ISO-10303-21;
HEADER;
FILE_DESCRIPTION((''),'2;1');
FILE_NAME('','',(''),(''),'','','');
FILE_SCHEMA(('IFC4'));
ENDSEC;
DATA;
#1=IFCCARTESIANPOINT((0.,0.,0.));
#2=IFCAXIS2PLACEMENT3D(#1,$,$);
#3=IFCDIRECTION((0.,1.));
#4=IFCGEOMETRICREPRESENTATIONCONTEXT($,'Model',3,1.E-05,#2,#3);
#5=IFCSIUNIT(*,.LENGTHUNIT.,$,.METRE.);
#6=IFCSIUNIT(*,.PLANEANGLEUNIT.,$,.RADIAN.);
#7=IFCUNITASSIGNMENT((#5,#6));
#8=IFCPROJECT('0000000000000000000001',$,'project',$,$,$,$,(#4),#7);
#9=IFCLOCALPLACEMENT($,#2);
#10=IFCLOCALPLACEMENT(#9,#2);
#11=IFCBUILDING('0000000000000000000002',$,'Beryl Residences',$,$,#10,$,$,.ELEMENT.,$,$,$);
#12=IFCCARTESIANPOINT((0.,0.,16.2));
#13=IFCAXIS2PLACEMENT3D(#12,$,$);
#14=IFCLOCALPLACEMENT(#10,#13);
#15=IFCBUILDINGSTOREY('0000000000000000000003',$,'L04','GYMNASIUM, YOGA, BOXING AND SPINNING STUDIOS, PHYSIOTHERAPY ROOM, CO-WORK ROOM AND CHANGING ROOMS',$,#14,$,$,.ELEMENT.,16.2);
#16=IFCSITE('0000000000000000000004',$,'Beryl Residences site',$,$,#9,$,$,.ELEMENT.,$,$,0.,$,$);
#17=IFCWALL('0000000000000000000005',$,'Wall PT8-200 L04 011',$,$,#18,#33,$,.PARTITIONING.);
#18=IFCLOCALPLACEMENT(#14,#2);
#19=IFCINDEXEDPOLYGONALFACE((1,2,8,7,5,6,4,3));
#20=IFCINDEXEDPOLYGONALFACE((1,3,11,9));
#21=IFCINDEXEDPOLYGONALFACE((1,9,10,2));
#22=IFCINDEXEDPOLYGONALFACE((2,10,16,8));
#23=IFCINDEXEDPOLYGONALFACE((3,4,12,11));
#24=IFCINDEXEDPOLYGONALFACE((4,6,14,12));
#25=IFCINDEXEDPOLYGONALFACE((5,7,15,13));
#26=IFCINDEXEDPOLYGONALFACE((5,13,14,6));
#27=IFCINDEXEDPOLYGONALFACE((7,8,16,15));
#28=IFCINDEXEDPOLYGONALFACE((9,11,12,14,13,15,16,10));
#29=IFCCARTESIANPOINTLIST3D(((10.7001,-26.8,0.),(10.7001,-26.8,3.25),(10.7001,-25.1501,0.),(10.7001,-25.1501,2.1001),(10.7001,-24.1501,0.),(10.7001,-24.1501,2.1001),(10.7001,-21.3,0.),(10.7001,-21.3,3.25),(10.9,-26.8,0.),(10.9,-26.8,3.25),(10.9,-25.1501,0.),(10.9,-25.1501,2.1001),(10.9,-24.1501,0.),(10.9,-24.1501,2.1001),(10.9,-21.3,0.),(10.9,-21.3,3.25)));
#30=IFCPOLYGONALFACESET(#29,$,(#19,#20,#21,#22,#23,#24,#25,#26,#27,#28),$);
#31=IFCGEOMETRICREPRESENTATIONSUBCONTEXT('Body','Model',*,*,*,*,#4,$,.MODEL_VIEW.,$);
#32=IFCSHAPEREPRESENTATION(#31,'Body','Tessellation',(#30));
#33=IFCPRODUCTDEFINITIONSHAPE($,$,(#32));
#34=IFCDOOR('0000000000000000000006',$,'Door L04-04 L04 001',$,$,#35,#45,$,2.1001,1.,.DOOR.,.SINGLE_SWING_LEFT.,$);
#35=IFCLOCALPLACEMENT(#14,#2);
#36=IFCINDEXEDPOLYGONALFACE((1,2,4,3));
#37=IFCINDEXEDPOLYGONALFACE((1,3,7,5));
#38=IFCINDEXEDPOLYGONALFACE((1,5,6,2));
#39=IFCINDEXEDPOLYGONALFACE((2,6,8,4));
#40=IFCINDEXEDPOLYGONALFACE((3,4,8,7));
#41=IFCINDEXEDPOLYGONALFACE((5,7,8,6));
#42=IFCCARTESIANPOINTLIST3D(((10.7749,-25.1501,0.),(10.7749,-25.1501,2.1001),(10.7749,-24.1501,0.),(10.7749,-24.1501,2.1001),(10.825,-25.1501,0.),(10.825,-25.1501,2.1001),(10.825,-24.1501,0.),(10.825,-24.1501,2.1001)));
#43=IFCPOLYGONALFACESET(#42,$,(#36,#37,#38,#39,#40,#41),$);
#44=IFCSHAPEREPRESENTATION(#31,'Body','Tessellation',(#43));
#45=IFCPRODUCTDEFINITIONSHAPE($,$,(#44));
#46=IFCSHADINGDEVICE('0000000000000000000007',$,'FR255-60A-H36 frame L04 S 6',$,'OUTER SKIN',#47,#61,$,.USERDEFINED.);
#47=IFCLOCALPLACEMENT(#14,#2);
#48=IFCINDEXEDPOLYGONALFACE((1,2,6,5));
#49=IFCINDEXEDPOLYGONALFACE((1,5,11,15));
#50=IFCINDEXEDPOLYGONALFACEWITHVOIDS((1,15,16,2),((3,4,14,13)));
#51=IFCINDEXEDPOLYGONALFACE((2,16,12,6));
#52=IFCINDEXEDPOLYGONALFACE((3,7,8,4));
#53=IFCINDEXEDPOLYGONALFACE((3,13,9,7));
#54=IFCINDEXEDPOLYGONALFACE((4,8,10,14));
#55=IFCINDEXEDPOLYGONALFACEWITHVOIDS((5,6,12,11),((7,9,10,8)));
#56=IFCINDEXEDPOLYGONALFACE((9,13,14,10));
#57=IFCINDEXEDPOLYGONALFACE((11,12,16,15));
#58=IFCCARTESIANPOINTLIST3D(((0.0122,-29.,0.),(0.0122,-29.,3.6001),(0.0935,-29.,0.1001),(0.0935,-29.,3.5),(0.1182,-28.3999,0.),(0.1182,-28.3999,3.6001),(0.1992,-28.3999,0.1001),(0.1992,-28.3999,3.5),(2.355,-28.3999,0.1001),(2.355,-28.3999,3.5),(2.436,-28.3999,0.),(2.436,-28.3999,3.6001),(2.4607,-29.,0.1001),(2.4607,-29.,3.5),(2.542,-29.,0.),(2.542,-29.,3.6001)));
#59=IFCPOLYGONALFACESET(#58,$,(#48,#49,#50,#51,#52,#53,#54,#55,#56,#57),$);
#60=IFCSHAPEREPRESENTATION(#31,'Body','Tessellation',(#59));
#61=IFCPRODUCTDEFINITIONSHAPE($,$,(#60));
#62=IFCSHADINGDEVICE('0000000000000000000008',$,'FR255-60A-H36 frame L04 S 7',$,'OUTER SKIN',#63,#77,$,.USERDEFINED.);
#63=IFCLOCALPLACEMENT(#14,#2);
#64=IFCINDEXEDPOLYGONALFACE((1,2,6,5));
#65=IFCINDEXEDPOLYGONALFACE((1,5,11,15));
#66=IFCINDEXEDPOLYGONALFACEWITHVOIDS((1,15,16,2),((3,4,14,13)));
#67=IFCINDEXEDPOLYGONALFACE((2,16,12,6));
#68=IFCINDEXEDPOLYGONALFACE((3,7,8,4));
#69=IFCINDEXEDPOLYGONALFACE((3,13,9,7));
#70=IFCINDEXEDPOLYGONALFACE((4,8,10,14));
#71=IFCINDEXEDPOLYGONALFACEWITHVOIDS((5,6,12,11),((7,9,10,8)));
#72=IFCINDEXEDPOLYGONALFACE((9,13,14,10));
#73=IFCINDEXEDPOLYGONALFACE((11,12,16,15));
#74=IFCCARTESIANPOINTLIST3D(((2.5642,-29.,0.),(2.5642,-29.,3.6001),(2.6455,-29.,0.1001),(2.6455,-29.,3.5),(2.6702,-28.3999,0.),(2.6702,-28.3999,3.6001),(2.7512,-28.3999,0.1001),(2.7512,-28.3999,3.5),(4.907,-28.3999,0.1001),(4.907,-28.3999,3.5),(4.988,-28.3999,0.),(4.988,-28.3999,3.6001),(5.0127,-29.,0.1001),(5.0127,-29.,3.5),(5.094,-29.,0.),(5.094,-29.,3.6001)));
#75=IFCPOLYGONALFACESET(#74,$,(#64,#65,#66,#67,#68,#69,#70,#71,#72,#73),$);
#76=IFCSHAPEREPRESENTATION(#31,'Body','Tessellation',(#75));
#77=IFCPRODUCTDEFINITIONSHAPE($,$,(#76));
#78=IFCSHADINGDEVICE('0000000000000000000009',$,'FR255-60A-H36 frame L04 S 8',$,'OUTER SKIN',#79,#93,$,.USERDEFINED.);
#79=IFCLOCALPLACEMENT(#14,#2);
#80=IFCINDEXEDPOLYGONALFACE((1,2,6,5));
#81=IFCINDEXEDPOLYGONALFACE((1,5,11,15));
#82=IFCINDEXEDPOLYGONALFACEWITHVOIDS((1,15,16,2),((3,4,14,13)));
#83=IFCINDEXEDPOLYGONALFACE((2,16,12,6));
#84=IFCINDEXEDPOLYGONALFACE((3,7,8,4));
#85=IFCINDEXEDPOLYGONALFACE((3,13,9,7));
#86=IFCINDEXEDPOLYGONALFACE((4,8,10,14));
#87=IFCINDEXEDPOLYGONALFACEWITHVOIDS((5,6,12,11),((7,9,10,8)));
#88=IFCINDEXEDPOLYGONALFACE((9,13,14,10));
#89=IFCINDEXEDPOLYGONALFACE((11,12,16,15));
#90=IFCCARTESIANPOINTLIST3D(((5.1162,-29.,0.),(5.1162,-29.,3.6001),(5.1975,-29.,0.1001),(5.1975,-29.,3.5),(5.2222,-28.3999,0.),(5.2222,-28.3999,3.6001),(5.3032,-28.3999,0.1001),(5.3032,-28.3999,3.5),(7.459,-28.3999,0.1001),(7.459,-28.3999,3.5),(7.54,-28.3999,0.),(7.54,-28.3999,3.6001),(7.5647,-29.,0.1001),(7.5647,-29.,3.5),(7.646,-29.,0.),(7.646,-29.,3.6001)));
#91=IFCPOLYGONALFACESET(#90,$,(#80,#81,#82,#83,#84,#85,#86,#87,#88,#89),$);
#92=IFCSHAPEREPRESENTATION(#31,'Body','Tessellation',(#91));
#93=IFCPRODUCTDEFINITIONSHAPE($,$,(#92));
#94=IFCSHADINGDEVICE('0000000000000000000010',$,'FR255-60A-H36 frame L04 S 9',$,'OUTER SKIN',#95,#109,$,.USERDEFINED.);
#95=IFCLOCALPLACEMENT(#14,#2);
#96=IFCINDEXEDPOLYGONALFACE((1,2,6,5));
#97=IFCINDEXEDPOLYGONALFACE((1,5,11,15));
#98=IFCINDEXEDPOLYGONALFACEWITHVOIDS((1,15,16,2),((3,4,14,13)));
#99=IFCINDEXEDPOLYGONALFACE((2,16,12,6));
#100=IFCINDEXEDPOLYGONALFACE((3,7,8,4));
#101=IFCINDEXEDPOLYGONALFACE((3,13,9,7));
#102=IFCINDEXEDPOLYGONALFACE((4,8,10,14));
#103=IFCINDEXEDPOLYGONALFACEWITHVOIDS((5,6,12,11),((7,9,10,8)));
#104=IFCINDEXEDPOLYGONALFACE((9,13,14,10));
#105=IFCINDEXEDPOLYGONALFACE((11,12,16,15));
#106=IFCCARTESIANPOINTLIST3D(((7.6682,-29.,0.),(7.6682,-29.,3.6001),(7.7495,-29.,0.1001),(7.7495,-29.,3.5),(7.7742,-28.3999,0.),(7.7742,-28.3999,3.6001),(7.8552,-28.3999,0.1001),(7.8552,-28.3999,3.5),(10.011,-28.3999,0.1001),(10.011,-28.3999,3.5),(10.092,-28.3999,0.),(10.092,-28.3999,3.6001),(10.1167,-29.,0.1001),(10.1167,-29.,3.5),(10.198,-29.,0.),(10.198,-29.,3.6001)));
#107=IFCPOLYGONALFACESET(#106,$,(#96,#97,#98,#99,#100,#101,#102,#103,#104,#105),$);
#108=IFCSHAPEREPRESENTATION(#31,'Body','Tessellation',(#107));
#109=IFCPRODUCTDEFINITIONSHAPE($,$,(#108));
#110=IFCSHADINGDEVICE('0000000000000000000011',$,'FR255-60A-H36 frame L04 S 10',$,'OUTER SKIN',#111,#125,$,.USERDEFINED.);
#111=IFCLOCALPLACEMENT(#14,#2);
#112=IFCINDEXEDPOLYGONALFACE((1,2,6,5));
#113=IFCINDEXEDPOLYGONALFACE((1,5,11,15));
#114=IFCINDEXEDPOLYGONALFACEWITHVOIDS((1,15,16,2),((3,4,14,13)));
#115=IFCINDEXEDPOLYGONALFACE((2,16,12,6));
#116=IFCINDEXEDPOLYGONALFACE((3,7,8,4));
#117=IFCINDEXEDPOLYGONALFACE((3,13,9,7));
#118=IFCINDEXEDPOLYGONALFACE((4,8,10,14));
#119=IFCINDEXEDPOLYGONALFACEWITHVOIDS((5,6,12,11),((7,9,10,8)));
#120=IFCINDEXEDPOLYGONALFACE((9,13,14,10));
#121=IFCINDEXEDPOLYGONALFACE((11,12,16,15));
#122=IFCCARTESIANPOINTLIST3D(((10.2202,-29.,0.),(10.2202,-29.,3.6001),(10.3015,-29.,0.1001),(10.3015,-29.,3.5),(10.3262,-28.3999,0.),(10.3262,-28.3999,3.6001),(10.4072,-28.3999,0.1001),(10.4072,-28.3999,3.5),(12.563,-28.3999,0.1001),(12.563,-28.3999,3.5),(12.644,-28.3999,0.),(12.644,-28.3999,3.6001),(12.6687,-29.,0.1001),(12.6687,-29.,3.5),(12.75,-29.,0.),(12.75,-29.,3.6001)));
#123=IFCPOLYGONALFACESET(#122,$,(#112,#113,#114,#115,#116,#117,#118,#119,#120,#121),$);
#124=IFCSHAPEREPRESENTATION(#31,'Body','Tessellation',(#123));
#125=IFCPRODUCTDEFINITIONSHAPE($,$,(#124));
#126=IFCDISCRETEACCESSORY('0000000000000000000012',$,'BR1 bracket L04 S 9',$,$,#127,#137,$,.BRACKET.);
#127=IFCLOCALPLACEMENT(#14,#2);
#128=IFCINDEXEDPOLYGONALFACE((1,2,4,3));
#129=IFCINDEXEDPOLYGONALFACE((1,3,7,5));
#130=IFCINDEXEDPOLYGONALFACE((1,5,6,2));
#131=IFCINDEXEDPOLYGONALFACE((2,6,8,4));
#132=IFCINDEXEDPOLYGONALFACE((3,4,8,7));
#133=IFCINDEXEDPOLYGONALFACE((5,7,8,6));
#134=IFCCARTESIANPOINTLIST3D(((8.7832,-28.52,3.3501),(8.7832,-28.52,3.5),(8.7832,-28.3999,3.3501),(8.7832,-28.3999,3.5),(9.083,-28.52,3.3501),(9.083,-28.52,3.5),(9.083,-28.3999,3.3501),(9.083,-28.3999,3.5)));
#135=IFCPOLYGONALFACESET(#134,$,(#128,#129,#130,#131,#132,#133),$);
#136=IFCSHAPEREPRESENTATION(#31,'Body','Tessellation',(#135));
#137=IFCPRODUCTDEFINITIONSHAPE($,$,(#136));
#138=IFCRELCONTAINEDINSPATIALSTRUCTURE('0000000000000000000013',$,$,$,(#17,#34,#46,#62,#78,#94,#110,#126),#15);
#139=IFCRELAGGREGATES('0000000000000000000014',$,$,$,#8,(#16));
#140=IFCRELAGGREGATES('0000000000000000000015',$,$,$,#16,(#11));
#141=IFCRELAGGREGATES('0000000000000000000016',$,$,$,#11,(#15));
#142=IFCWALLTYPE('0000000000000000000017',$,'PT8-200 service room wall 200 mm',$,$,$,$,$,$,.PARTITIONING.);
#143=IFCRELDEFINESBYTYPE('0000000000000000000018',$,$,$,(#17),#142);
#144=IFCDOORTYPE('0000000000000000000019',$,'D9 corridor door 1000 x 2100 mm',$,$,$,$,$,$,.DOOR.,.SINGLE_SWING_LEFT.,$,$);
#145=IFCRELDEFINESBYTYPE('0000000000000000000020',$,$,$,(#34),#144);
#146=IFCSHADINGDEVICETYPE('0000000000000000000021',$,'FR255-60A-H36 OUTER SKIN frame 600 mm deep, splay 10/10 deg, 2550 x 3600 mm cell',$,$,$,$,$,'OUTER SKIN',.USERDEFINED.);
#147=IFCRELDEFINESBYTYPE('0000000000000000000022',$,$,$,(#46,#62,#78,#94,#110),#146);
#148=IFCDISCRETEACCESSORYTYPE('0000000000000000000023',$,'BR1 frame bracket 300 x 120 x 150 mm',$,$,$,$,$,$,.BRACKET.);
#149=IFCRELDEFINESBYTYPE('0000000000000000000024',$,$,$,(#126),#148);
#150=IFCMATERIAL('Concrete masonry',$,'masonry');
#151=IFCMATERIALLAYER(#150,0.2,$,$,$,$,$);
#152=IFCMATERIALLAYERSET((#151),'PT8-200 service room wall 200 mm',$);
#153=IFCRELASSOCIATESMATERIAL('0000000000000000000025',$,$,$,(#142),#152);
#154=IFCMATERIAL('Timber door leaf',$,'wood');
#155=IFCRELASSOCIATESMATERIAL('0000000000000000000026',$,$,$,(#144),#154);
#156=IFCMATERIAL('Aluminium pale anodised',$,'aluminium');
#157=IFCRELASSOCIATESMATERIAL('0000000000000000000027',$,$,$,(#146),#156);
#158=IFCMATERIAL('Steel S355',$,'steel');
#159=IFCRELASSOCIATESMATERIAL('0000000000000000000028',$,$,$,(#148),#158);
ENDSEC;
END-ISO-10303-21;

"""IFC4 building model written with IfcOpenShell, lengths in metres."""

from ifc_helpers import new_model, entity, si_unit, direction, frame, frame_2d, origin, place, context, subcontext, project, spatial, polyline, rectangle, outline, extrude, source, transform, mapped, material, layer, layer_set, type_object, type_shapes, element, fill, save


model = new_model("IFC4")

# Units and contexts
model_context = context("Model", 3, precision=1e-05, world=origin(), true_north=direction((0.0, 1.0)))
body_context = subcontext(model_context, "Body", "Model", "MODEL_VIEW")
ifc_project = project(units=[si_unit("LENGTHUNIT", "METRE"), si_unit("PLANEANGLEUNIT", "RADIAN")], contexts=[model_context])

# Site, building, storey
site_placement = place(None, origin())
site = spatial("IfcSite", under=ifc_project, at=site_placement, Name="Beryl Residences site", CompositionType="ELEMENT", RefElevation=0.0)
building_placement = place(site_placement, origin())
building = spatial("IfcBuilding", under=site, at=building_placement, Name="Beryl Residences", CompositionType="ELEMENT")
storey_placement = place(building_placement, frame((0.0, 0.0, 16.2)))
storey = spatial("IfcBuildingStorey", under=building, at=storey_placement, Name="L04", Description="GYMNASIUM, YOGA, BOXING AND SPINNING STUDIOS, PHYSIOTHERAPY ROOM, CO-WORK ROOM AND CHANGING ROOMS", CompositionType="ELEMENT", Elevation=16.2)

# Shared definitions
ifc_material_1 = material(Name="Concrete masonry", Category="masonry")
ifc_layer_1 = layer(ifc_material_1, 0.2)
ifc_layer_set_1 = layer_set([ifc_layer_1], Name="PT8-200 service room wall 200 mm")
wall_type_1 = type_object("IfcWallType", Name="PT8-200 service room wall 200 mm", PredefinedType="PARTITIONING", material=ifc_layer_set_1)

# Wall, opening, door
wall_1_placement = place(storey_placement, frame((10.8, -26.8, 0.0), z_axis=(0.0, 0.0, 1.0), x_axis=(0.0, 1.0, 0.0)))
wall_1 = element("IfcWall", 1, at=wall_1_placement, inside=storey, type_object=wall_type_1, Name="Wall PT8-200 L04 011", PredefinedType="PARTITIONING", context=body_context, shape_type="SweptSolid", body=[
    extrude(rectangle(XDim=5.5, YDim=0.2, at=frame_2d((2.75, 0.0))), origin(), (0.0, 0.0, 1.0), 3.25),
])
opening_1_placement = place(wall_1_placement, frame((2.6499, 0.0, 0.0), z_axis=(0.0, 0.0, 1.0), x_axis=(-1.0, 0.0, 0.0)))
opening_1 = element("IfcOpeningElement", 2, at=opening_1_placement, cuts=wall_1, PredefinedType="OPENING", context=body_context, shape_type="SweptSolid", body=[
    extrude(rectangle(XDim=1.0, YDim=2.1001, at=frame_2d((0.5, 1.05))), frame((0.0, 0.1099, 0.0), z_axis=(0.0, -1.0, 0.0), x_axis=(1.0, 0.0, 0.0)), (0.0, 0.0, 1.0), 0.22),
])
ifc_material_2 = material(Name="Timber door leaf", Category="wood")
door_type = type_object("IfcDoorType", Name="D9 corridor door 1000 x 2100 mm", OperationType="SINGLE_SWING_LEFT", PredefinedType="DOOR", material=ifc_material_2)
door_placement = place(opening_1_placement, origin())
door = element("IfcDoor", 3, at=door_placement, inside=storey, type_object=door_type, Name="Door L04-04 L04 001", OperationType="SINGLE_SWING_LEFT", OverallHeight=2.1001, OverallWidth=1.0, PredefinedType="DOOR", context=body_context, shape_type="SweptSolid", body=[
    extrude(rectangle(XDim=1.0, YDim=2.1001, at=frame_2d((0.5, 1.05))), frame((0.0, 0.0249, 0.0), z_axis=(0.0, -1.0, 0.0), x_axis=(1.0, 0.0, 0.0)), (0.0, 0.0, 1.0), 0.05),
])
fill(opening_1, door)

# Shading devices
ifc_material_3 = material(Name="Aluminium pale anodised", Category="aluminium")
shading_device_type = type_object("IfcShadingDeviceType", Name="FR255-60A-H36 OUTER SKIN frame 600 mm deep, splay 10/10 deg, 2550 x 3600 mm cell", ElementType="OUTER SKIN", PredefinedType="USERDEFINED", material=ifc_material_3)
cartesian_point_1 = entity("IfcCartesianPoint", [-1.1589, 0.0])
cartesian_point_2 = entity("IfcCartesianPoint", [-1.0779, 0.1001])
cartesian_point_3 = entity("IfcCartesianPoint", [-1.2649, 0.0])
cartesian_point_4 = entity("IfcCartesianPoint", [-1.1836, 0.1001])
shared_shape_1 = source(origin(), body_context, "Body", "SweptSolid", [
    entity("IfcExtrudedAreaSolidTapered", entity("IfcArbitraryProfileDefWithVoids", "AREA", None, entity("IfcPolyline", [cartesian_point_1, entity("IfcCartesianPoint", [1.1589, 0.0]), entity("IfcCartesianPoint", [1.1589, 3.6001]), entity("IfcCartesianPoint", [-1.1589, 3.6001]), cartesian_point_1]), [entity("IfcPolyline", [cartesian_point_2, entity("IfcCartesianPoint", [1.0779, 0.1001]), entity("IfcCartesianPoint", [1.0779, 3.5]), entity("IfcCartesianPoint", [-1.0779, 3.5]), cartesian_point_2])]), entity("IfcAxis2Placement3D", entity("IfcCartesianPoint", [0.0, 0.0, 0.0]), entity("IfcDirection", [0.0, 1.0, 0.0]), entity("IfcDirection", [-1.0, 0.0, 0.0])), entity("IfcDirection", [0.0, 0.0, 1.0]), 0.6001, entity("IfcArbitraryProfileDefWithVoids", "AREA", None, entity("IfcPolyline", [cartesian_point_3, entity("IfcCartesianPoint", [1.2649, 0.0]), entity("IfcCartesianPoint", [1.2649, 3.6001]), entity("IfcCartesianPoint", [-1.2649, 3.6001]), cartesian_point_3]), [entity("IfcPolyline", [cartesian_point_4, entity("IfcCartesianPoint", [1.1836, 0.1001]), entity("IfcCartesianPoint", [1.1836, 3.5]), entity("IfcCartesianPoint", [-1.1836, 3.5]), cartesian_point_4])])),
])
type_shapes(shading_device_type, [shared_shape_1])
for number, where, z_axis, x_axis, name in (
    (4, (1.2771, -28.3999, 0.0), (0.0, 0.0, 1.0), (-1.0, 0.0, 0.0), "FR255-60A-H36 frame L04 S 6"),
    (5, (3.8291, -28.3999, 0.0), (0.0, 0.0, 1.0), (-1.0, 0.0, 0.0), "FR255-60A-H36 frame L04 S 7"),
    (6, (6.3811, -28.3999, 0.0), (0.0, 0.0, 1.0), (-1.0, 0.0, 0.0), "FR255-60A-H36 frame L04 S 8"),
    (7, (8.9331, -28.3999, 0.0), (0.0, 0.0, 1.0), (-1.0, 0.0, 0.0), "FR255-60A-H36 frame L04 S 9"),
    (8, (11.4851, -28.3999, 0.0), (0.0, 0.0, 1.0), (-1.0, 0.0, 0.0), "FR255-60A-H36 frame L04 S 10"),
):
    element("IfcShadingDevice", number, at=place(storey_placement, frame(where, z_axis=z_axis, x_axis=x_axis)), inside=storey, type_object=shading_device_type, Name=name, ObjectType="OUTER SKIN", PredefinedType="USERDEFINED", context=body_context, shape_type="MappedRepresentation", body=[
        mapped(shared_shape_1, transform((0.0, 0.0, 0.0))),
    ])

# Discrete accessory
ifc_material_4 = material(Name="Steel S355", Category="steel")
discrete_accessory_type = type_object("IfcDiscreteAccessoryType", Name="BR1 frame bracket 300 x 120 x 150 mm", PredefinedType="BRACKET", material=ifc_material_4)
shared_shape_2 = source(origin(), body_context, "Body", "SweptSolid", [
    extrude(outline(polyline([(-0.1499, 0.0), (0.1499, 0.0), (0.1499, 0.1201), (-0.1499, 0.1201), (-0.1499, 0.0)])), origin(), (0.0, 0.0, 1.0), 0.1499),
])
type_shapes(discrete_accessory_type, [shared_shape_2])
discrete_accessory_placement = place(storey_placement, frame((8.9331, -28.3999, 3.3501), z_axis=(0.0, 0.0, 1.0), x_axis=(-1.0, 0.0, 0.0)))
element("IfcDiscreteAccessory", 9, at=discrete_accessory_placement, inside=storey, type_object=discrete_accessory_type, Name="BR1 bracket L04 S 9", PredefinedType="BRACKET", context=body_context, shape_type="MappedRepresentation", body=[
    mapped(shared_shape_2, transform((0.0, 0.0, 0.0))),
])

save(model, "model.ifc")
